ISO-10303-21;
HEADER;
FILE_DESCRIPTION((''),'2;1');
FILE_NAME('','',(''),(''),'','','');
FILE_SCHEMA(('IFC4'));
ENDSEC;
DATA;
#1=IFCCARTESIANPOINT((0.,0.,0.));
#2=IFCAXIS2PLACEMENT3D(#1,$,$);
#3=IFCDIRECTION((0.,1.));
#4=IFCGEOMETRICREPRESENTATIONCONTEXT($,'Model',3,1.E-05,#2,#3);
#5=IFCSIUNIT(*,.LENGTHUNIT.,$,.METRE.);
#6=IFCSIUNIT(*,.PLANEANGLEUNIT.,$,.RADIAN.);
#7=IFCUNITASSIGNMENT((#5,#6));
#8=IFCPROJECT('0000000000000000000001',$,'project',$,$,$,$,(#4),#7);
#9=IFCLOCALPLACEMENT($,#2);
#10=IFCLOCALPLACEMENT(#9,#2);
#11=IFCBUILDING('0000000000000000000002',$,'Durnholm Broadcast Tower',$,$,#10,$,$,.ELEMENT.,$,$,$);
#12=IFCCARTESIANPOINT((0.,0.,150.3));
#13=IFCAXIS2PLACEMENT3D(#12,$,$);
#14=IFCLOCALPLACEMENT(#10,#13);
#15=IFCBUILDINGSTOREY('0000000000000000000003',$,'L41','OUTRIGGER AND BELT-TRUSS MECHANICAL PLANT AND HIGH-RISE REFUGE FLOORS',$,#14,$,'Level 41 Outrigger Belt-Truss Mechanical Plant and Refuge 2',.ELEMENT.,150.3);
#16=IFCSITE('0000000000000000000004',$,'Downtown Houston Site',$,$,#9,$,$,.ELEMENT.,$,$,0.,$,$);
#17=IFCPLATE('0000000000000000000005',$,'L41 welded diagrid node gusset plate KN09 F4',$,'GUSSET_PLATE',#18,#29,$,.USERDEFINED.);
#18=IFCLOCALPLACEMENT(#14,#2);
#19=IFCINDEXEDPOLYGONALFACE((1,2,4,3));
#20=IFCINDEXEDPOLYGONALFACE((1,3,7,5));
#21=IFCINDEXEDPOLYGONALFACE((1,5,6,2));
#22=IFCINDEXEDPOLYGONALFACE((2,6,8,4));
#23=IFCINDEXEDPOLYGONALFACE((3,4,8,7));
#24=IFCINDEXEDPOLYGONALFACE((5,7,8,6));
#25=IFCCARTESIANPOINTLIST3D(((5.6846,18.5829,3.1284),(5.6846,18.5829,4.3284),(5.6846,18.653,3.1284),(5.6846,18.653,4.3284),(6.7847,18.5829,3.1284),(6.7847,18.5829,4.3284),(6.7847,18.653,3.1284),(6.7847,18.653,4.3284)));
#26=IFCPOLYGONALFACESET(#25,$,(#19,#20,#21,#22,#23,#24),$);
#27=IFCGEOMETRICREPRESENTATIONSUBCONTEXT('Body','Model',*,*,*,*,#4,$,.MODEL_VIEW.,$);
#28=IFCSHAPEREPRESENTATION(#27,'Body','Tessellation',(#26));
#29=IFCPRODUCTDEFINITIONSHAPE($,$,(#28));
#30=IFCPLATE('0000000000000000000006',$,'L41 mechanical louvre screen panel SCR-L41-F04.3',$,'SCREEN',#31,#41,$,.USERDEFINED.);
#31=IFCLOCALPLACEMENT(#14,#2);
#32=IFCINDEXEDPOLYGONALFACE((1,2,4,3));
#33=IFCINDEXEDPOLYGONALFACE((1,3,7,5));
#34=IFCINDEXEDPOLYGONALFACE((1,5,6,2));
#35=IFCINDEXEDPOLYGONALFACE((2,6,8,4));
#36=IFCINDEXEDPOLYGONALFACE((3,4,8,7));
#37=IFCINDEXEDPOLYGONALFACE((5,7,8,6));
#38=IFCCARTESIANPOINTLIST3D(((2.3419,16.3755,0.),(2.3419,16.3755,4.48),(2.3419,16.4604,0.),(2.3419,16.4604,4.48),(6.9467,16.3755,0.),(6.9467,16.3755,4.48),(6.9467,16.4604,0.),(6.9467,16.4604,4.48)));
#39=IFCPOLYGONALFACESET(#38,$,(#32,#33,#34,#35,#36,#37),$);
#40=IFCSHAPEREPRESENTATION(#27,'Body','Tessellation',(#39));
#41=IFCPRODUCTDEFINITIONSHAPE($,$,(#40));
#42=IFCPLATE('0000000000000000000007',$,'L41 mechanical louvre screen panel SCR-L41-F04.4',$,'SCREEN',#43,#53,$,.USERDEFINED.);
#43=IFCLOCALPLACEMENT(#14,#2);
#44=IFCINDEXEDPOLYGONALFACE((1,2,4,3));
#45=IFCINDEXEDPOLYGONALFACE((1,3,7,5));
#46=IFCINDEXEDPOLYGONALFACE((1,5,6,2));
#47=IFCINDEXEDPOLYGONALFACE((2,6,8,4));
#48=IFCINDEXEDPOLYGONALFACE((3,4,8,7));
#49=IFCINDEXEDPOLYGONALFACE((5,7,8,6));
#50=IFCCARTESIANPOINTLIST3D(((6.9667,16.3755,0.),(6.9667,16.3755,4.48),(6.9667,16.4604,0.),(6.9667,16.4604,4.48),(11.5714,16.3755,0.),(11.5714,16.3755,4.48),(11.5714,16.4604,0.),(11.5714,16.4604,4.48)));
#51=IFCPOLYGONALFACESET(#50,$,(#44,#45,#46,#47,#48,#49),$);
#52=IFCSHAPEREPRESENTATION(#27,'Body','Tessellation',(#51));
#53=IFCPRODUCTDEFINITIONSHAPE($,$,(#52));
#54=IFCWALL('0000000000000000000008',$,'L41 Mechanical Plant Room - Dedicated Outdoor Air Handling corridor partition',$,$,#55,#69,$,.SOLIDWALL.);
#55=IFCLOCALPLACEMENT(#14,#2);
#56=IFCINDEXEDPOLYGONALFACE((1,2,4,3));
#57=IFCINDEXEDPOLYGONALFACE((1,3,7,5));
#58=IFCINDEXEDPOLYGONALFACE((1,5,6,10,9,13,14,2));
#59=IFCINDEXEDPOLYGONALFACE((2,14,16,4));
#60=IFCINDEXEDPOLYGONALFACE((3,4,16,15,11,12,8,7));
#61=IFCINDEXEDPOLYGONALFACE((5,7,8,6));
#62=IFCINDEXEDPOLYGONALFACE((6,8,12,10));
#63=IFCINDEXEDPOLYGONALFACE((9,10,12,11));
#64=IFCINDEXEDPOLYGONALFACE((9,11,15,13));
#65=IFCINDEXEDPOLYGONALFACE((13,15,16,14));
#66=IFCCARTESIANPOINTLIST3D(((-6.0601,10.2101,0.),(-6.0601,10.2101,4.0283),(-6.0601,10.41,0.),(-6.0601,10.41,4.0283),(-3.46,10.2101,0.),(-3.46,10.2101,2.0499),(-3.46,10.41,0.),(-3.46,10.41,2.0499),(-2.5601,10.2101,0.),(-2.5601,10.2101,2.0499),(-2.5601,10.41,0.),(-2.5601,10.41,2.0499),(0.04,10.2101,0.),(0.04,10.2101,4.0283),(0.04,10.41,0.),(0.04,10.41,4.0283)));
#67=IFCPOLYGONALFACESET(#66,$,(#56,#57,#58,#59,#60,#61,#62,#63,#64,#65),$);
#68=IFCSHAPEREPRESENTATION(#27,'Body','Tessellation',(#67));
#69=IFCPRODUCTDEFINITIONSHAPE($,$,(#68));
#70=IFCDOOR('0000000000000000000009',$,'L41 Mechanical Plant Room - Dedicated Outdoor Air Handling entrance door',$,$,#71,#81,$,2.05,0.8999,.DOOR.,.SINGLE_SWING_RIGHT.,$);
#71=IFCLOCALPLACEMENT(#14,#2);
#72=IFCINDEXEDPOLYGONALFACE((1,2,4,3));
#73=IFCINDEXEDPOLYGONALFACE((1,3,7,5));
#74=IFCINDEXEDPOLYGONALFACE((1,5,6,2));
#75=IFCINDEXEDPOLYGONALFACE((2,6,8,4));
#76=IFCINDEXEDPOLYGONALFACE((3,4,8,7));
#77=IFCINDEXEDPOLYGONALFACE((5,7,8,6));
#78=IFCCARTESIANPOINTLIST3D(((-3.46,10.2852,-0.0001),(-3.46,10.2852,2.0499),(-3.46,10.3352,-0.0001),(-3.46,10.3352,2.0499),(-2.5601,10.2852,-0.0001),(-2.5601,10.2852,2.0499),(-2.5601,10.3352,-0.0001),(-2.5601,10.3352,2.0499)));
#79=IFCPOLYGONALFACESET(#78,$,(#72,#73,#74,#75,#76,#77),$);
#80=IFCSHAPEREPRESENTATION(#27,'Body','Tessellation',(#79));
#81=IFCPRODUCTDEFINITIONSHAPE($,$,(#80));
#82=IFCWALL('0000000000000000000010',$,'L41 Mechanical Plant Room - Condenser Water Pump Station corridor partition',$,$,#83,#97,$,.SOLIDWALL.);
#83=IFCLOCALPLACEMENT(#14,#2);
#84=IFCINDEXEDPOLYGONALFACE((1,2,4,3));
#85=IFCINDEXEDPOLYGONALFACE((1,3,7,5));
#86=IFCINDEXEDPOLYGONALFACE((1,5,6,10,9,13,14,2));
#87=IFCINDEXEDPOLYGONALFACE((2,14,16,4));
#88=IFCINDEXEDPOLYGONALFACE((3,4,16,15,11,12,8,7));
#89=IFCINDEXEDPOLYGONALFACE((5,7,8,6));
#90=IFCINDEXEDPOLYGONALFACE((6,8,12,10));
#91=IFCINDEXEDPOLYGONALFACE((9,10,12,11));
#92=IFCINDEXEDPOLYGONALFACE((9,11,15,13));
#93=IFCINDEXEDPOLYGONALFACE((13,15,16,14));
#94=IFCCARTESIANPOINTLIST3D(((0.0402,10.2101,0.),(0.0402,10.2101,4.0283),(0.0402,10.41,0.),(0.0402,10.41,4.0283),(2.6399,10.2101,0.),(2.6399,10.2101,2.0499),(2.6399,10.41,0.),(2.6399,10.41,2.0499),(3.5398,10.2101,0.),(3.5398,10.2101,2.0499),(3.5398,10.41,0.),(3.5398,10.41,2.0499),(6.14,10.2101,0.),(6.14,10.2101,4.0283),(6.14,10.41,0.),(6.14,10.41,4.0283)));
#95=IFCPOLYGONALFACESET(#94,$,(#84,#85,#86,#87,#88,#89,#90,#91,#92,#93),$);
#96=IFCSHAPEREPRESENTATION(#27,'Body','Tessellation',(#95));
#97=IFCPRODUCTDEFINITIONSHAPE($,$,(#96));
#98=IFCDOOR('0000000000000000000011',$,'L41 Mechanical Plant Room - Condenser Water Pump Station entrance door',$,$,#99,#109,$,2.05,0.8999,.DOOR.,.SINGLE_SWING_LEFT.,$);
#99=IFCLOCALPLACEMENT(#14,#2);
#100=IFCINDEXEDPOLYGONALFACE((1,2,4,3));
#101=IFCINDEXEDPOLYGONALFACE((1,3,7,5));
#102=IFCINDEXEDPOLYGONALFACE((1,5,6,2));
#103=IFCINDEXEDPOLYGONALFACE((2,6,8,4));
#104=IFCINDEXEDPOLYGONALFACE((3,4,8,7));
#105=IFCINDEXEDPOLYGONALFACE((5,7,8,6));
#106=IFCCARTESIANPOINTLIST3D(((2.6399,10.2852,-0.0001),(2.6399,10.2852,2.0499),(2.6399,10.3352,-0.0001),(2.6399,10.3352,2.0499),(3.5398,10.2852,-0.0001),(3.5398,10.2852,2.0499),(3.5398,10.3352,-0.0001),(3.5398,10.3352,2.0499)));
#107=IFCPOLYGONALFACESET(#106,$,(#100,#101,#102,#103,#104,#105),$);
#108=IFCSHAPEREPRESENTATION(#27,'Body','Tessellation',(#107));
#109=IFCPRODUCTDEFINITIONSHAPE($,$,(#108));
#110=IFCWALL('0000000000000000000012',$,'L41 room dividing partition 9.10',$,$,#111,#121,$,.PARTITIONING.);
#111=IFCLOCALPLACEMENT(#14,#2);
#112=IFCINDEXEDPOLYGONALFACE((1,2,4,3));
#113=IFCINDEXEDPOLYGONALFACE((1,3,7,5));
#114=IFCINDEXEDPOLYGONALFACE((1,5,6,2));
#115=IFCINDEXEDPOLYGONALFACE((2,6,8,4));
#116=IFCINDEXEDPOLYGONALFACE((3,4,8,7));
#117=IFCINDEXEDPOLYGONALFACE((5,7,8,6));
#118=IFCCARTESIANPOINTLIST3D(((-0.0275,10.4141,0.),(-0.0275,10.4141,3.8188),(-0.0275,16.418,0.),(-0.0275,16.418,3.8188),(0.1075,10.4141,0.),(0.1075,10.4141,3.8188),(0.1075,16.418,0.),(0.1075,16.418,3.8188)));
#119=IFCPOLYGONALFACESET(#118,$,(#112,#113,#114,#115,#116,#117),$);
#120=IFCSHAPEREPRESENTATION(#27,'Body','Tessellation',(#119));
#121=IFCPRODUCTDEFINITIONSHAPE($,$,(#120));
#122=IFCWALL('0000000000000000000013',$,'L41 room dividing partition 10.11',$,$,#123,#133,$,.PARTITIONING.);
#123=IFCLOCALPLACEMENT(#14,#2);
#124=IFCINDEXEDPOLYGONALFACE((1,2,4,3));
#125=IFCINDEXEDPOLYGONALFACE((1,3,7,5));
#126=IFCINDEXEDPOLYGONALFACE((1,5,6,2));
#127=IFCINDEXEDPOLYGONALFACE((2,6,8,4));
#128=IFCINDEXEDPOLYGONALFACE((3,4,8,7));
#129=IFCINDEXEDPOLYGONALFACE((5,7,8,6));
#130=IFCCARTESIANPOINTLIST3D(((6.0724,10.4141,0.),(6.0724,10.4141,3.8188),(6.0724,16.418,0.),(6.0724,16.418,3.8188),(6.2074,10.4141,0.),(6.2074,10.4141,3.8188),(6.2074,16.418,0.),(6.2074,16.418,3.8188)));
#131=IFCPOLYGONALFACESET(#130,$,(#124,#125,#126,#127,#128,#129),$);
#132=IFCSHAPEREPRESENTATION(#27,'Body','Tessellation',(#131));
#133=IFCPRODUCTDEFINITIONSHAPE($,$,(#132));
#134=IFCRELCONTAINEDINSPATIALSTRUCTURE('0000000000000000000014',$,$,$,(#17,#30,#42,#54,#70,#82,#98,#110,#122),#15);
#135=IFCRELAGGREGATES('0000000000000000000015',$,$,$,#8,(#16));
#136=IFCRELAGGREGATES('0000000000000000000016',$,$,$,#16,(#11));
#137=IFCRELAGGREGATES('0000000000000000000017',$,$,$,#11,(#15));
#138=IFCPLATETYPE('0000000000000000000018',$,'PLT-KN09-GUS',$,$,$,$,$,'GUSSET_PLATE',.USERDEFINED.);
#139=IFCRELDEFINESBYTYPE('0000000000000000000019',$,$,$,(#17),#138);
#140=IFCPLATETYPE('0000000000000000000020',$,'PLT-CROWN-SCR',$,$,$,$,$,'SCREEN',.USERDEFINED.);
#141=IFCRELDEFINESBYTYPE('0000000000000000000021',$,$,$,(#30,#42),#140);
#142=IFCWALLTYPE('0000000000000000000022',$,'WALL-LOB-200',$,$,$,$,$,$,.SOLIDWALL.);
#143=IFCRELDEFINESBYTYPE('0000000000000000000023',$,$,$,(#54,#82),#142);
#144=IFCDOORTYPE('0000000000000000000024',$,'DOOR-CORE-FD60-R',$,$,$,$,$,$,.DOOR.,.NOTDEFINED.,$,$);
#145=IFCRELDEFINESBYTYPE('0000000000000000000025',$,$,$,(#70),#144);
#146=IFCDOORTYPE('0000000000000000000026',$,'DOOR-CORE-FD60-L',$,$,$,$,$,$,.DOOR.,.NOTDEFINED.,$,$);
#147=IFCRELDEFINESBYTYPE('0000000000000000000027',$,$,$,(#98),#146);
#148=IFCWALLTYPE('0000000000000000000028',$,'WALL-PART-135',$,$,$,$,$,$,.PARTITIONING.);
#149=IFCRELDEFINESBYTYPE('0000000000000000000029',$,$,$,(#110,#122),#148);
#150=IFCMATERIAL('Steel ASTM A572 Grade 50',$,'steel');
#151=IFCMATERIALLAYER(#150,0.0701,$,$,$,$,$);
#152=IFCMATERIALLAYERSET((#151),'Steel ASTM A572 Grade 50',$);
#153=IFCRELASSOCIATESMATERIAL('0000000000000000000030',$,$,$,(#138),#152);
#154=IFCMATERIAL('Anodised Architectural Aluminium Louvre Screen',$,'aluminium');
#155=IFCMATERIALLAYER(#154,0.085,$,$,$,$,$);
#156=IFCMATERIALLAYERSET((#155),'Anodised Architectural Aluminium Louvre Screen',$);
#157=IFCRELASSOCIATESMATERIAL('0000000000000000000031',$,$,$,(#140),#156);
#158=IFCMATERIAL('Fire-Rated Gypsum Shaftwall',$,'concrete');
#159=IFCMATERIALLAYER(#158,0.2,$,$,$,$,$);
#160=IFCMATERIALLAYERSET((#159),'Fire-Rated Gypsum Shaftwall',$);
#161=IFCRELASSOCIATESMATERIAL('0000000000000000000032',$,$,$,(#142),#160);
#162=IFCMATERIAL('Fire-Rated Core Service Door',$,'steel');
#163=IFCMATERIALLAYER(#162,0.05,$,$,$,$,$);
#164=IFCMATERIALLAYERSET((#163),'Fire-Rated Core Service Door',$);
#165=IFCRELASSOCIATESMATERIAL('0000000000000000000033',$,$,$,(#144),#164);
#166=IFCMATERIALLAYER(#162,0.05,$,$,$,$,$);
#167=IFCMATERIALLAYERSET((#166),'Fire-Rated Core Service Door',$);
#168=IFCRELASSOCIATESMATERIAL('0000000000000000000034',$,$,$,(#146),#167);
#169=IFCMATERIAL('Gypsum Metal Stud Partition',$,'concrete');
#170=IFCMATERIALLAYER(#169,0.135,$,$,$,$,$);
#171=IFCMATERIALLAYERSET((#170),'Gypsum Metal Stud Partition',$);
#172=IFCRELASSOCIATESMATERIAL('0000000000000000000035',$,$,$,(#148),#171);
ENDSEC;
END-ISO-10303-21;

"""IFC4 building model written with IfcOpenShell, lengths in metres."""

from ifc_helpers import new_model, si_unit, direction, frame, frame_2d, origin, origin_2d, place, context, subcontext, project, spatial, rectangle, extrude, source, transform, mapped, material, layer, layer_set, type_object, type_shapes, element, fill, save


model = new_model("IFC4")

# Units and contexts
model_context = context("Model", 3, precision=1e-05, world=origin(), true_north=direction((0.0, 1.0)))
body_context = subcontext(model_context, "Body", "Model", "MODEL_VIEW")
ifc_project = project(units=[si_unit("LENGTHUNIT", "METRE"), si_unit("PLANEANGLEUNIT", "RADIAN")], contexts=[model_context])

# Site, building, storey
site_placement = place(None, origin())
site = spatial("IfcSite", under=ifc_project, at=site_placement, Name="Downtown Houston Site", CompositionType="ELEMENT", RefElevation=0.0)
building_placement = place(site_placement, origin())
building = spatial("IfcBuilding", under=site, at=building_placement, Name="Durnholm Broadcast Tower", CompositionType="ELEMENT")
storey_placement = place(building_placement, frame((0.0, 0.0, 150.3)))
storey = spatial("IfcBuildingStorey", under=building, at=storey_placement, Name="L41", Description="OUTRIGGER AND BELT-TRUSS MECHANICAL PLANT AND HIGH-RISE REFUGE FLOORS", LongName="Level 41 Outrigger Belt-Truss Mechanical Plant and Refuge 2", CompositionType="ELEMENT", Elevation=150.3)

# Plates
ifc_material_1 = material(Name="Steel ASTM A572 Grade 50", Category="steel")
ifc_layer_1 = layer(ifc_material_1, 0.0701)
ifc_layer_set_1 = layer_set([ifc_layer_1], Name="Steel ASTM A572 Grade 50")
plate_type_1 = type_object("IfcPlateType", Name="PLT-KN09-GUS", ElementType="GUSSET_PLATE", PredefinedType="USERDEFINED", material=ifc_layer_set_1)
shared_shape_1 = source(origin(), body_context, "Body", "SweptSolid", [
    extrude(rectangle(XDim=1.1001, YDim=0.0701, at=origin_2d()), origin(), (0.0, 0.0, 1.0), 1.2),
])
type_shapes(plate_type_1, [shared_shape_1])
plate_1_placement = place(storey_placement, frame((6.2346, 18.6179, 3.1284), z_axis=(0.0, 0.0, 1.0), x_axis=(-1.0, 0.0, 0.0)))
element("IfcPlate", 1, at=plate_1_placement, inside=storey, type_object=plate_type_1, Name="L41 welded diagrid node gusset plate KN09 F4", ObjectType="GUSSET_PLATE", PredefinedType="USERDEFINED", context=body_context, shape_type="MappedRepresentation", body=[
    mapped(shared_shape_1, transform((0.0, 0.0, 0.0), x_axis=(1.0, 0.0, 0.0), y_axis=(0.0, 1.0, 0.0), z_axis=(0.0, 0.0, 1.0), scale=1.0)),
])
ifc_material_2 = material(Name="Anodised Architectural Aluminium Louvre Screen", Category="aluminium")
ifc_layer_2 = layer(ifc_material_2, 0.085)
ifc_layer_set_2 = layer_set([ifc_layer_2], Name="Anodised Architectural Aluminium Louvre Screen")
plate_type_2 = type_object("IfcPlateType", Name="PLT-CROWN-SCR", ElementType="SCREEN", PredefinedType="USERDEFINED", material=ifc_layer_set_2)
shared_shape_2 = source(origin(), body_context, "Body", "SweptSolid", [
    extrude(rectangle(XDim=4.6047, YDim=0.085, at=origin_2d()), origin(), (0.0, 0.0, 1.0), 4.48),
])
type_shapes(plate_type_2, [shared_shape_2])
for number, where, z_axis, x_axis, name in (
    (2, (4.6443, 16.418, 0.0), (0.0, 0.0, 1.0), (1.0, 0.0, 0.0), "L41 mechanical louvre screen panel SCR-L41-F04.3"),
    (3, (9.269, 16.418, 0.0), (0.0, 0.0, 1.0), (1.0, 0.0, 0.0), "L41 mechanical louvre screen panel SCR-L41-F04.4"),
):
    element("IfcPlate", number, at=place(storey_placement, frame(where, z_axis=z_axis, x_axis=x_axis)), inside=storey, type_object=plate_type_2, Name=name, ObjectType="SCREEN", PredefinedType="USERDEFINED", context=body_context, shape_type="MappedRepresentation", body=[
        mapped(shared_shape_2, transform((0.0, 0.0, 0.0), x_axis=(1.0, 0.0, 0.0), y_axis=(0.0, 1.0, 0.0), z_axis=(0.0, 0.0, 1.0), scale=1.0)),
    ])

# Walls, openings, doors
ifc_material_3 = material(Name="Fire-Rated Gypsum Shaftwall", Category="concrete")
ifc_layer_3 = layer(ifc_material_3, 0.2)
ifc_layer_set_3 = layer_set([ifc_layer_3], Name="Fire-Rated Gypsum Shaftwall")
wall_type_1 = type_object("IfcWallType", Name="WALL-LOB-200", PredefinedType="SOLIDWALL", material=ifc_layer_set_3)
wall_1_placement = place(storey_placement, frame((0.04, 10.3101, 0.0), z_axis=(0.0, 0.0, 1.0), x_axis=(-1.0, 0.0, 0.0)))
wall_1 = element("IfcWall", 4, at=wall_1_placement, inside=storey, type_object=wall_type_1, Name="L41 Mechanical Plant Room - Dedicated Outdoor Air Handling corridor partition", PredefinedType="SOLIDWALL", context=body_context, shape_type="SweptSolid", body=[
    extrude(rectangle(XDim=6.1001, YDim=0.2, at=frame_2d((3.05, 0.0))), origin(), (0.0, 0.0, 1.0), 4.0283),
])
opening_1_placement = place(wall_1_placement, frame((2.6001, 0.0, 0.0)))
opening_1 = element("IfcOpeningElement", 5, at=opening_1_placement, cuts=wall_1, PredefinedType="OPENING", context=body_context, shape_type="SweptSolid", body=[
    extrude(rectangle(XDim=0.8999, YDim=2.05, at=frame_2d((0.45, 1.0249))), frame((0.0, 0.1099, 0.0), z_axis=(0.0, -1.0, 0.0), x_axis=(1.0, 0.0, 0.0)), (0.0, 0.0, 1.0), 0.22),
])
ifc_material_4 = material(Name="Fire-Rated Core Service Door", Category="steel")
ifc_layer_4 = layer(ifc_material_4, 0.05)
ifc_layer_set_4 = layer_set([ifc_layer_4], Name="Fire-Rated Core Service Door")
door_type_1 = type_object("IfcDoorType", Name="DOOR-CORE-FD60-R", OperationType="NOTDEFINED", PredefinedType="DOOR", material=ifc_layer_set_4)
shared_shape_3 = source(origin(), body_context, "Body", "SweptSolid", [
    extrude(rectangle(XDim=0.8999, YDim=2.05, at=frame_2d((0.45, 1.0249))), frame((0.0, 0.0249, 0.0), z_axis=(0.0, -1.0, 0.0), x_axis=(1.0, 0.0, 0.0)), (0.0, 0.0, 1.0), 0.05),
])
type_shapes(door_type_1, [shared_shape_3])
door_1_placement = place(opening_1_placement, origin())
door_1 = element("IfcDoor", 6, at=door_1_placement, inside=storey, type_object=door_type_1, Name="L41 Mechanical Plant Room - Dedicated Outdoor Air Handling entrance door", OperationType="SINGLE_SWING_RIGHT", OverallHeight=2.05, OverallWidth=0.8999, PredefinedType="DOOR", context=body_context, shape_type="MappedRepresentation", body=[
    mapped(shared_shape_3, transform((0.0, 0.0, 0.0), x_axis=(1.0, 0.0, 0.0), y_axis=(0.0, 1.0, 0.0), z_axis=(0.0, 0.0, 1.0), scale=1.0)),
])
fill(opening_1, door_1)
wall_2_placement = place(storey_placement, frame((6.1399, 10.3101, 0.0), z_axis=(0.0, 0.0, 1.0), x_axis=(-1.0, 0.0, 0.0)))
wall_2 = element("IfcWall", 7, at=wall_2_placement, inside=storey, type_object=wall_type_1, Name="L41 Mechanical Plant Room - Condenser Water Pump Station corridor partition", PredefinedType="SOLIDWALL", context=body_context, shape_type="SweptSolid", body=[
    extrude(rectangle(XDim=6.0999, YDim=0.2, at=frame_2d((3.0498, 0.0))), origin(), (0.0, 0.0, 1.0), 4.0283),
])
opening_2_placement = place(wall_2_placement, frame((2.6001, 0.0, 0.0)))
opening_2 = element("IfcOpeningElement", 8, at=opening_2_placement, cuts=wall_2, PredefinedType="OPENING", context=body_context, shape_type="SweptSolid", body=[
    extrude(rectangle(XDim=0.8999, YDim=2.05, at=frame_2d((0.45, 1.0249))), frame((0.0, 0.1099, 0.0), z_axis=(0.0, -1.0, 0.0), x_axis=(1.0, 0.0, 0.0)), (0.0, 0.0, 1.0), 0.22),
])
ifc_layer_5 = layer(ifc_material_4, 0.05)
ifc_layer_set_5 = layer_set([ifc_layer_5], Name="Fire-Rated Core Service Door")
door_type_2 = type_object("IfcDoorType", Name="DOOR-CORE-FD60-L", OperationType="NOTDEFINED", PredefinedType="DOOR", material=ifc_layer_set_5)
shared_shape_4 = source(origin(), body_context, "Body", "SweptSolid", [
    extrude(rectangle(XDim=0.8999, YDim=2.05, at=frame_2d((0.45, 1.0249))), frame((0.0, 0.0249, 0.0), z_axis=(0.0, -1.0, 0.0), x_axis=(1.0, 0.0, 0.0)), (0.0, 0.0, 1.0), 0.05),
])
type_shapes(door_type_2, [shared_shape_4])
door_2_placement = place(opening_2_placement, origin())
door_2 = element("IfcDoor", 9, at=door_2_placement, inside=storey, type_object=door_type_2, Name="L41 Mechanical Plant Room - Condenser Water Pump Station entrance door", OperationType="SINGLE_SWING_LEFT", OverallHeight=2.05, OverallWidth=0.8999, PredefinedType="DOOR", context=body_context, shape_type="MappedRepresentation", body=[
    mapped(shared_shape_4, transform((0.0, 0.0, 0.0), x_axis=(1.0, 0.0, 0.0), y_axis=(0.0, 1.0, 0.0), z_axis=(0.0, 0.0, 1.0), scale=1.0)),
])
fill(opening_2, door_2)

# Walls
ifc_material_5 = material(Name="Gypsum Metal Stud Partition", Category="concrete")
ifc_layer_6 = layer(ifc_material_5, 0.135)
ifc_layer_set_6 = layer_set([ifc_layer_6], Name="Gypsum Metal Stud Partition")
wall_type_2 = type_object("IfcWallType", Name="WALL-PART-135", PredefinedType="PARTITIONING", material=ifc_layer_set_6)
for number, where, z_axis, x_axis, name in (
    (10, (0.04, 16.418, 0.0), (0.0, 0.0, 1.0), (0.0, -1.0, 0.0), "L41 room dividing partition 9.10"),
    (11, (6.1399, 16.418, 0.0), (0.0, 0.0, 1.0), (0.0, -1.0, 0.0), "L41 room dividing partition 10.11"),
):
    element("IfcWall", number, at=place(storey_placement, frame(where, z_axis=z_axis, x_axis=x_axis)), inside=storey, type_object=wall_type_2, Name=name, PredefinedType="PARTITIONING", context=body_context, shape_type="SweptSolid", body=[
        extrude(rectangle(XDim=6.0039, YDim=0.135, at=frame_2d((3.002, 0.0))), origin(), (0.0, 0.0, 1.0), 3.8188),
    ])

save(model, "model.ifc")
